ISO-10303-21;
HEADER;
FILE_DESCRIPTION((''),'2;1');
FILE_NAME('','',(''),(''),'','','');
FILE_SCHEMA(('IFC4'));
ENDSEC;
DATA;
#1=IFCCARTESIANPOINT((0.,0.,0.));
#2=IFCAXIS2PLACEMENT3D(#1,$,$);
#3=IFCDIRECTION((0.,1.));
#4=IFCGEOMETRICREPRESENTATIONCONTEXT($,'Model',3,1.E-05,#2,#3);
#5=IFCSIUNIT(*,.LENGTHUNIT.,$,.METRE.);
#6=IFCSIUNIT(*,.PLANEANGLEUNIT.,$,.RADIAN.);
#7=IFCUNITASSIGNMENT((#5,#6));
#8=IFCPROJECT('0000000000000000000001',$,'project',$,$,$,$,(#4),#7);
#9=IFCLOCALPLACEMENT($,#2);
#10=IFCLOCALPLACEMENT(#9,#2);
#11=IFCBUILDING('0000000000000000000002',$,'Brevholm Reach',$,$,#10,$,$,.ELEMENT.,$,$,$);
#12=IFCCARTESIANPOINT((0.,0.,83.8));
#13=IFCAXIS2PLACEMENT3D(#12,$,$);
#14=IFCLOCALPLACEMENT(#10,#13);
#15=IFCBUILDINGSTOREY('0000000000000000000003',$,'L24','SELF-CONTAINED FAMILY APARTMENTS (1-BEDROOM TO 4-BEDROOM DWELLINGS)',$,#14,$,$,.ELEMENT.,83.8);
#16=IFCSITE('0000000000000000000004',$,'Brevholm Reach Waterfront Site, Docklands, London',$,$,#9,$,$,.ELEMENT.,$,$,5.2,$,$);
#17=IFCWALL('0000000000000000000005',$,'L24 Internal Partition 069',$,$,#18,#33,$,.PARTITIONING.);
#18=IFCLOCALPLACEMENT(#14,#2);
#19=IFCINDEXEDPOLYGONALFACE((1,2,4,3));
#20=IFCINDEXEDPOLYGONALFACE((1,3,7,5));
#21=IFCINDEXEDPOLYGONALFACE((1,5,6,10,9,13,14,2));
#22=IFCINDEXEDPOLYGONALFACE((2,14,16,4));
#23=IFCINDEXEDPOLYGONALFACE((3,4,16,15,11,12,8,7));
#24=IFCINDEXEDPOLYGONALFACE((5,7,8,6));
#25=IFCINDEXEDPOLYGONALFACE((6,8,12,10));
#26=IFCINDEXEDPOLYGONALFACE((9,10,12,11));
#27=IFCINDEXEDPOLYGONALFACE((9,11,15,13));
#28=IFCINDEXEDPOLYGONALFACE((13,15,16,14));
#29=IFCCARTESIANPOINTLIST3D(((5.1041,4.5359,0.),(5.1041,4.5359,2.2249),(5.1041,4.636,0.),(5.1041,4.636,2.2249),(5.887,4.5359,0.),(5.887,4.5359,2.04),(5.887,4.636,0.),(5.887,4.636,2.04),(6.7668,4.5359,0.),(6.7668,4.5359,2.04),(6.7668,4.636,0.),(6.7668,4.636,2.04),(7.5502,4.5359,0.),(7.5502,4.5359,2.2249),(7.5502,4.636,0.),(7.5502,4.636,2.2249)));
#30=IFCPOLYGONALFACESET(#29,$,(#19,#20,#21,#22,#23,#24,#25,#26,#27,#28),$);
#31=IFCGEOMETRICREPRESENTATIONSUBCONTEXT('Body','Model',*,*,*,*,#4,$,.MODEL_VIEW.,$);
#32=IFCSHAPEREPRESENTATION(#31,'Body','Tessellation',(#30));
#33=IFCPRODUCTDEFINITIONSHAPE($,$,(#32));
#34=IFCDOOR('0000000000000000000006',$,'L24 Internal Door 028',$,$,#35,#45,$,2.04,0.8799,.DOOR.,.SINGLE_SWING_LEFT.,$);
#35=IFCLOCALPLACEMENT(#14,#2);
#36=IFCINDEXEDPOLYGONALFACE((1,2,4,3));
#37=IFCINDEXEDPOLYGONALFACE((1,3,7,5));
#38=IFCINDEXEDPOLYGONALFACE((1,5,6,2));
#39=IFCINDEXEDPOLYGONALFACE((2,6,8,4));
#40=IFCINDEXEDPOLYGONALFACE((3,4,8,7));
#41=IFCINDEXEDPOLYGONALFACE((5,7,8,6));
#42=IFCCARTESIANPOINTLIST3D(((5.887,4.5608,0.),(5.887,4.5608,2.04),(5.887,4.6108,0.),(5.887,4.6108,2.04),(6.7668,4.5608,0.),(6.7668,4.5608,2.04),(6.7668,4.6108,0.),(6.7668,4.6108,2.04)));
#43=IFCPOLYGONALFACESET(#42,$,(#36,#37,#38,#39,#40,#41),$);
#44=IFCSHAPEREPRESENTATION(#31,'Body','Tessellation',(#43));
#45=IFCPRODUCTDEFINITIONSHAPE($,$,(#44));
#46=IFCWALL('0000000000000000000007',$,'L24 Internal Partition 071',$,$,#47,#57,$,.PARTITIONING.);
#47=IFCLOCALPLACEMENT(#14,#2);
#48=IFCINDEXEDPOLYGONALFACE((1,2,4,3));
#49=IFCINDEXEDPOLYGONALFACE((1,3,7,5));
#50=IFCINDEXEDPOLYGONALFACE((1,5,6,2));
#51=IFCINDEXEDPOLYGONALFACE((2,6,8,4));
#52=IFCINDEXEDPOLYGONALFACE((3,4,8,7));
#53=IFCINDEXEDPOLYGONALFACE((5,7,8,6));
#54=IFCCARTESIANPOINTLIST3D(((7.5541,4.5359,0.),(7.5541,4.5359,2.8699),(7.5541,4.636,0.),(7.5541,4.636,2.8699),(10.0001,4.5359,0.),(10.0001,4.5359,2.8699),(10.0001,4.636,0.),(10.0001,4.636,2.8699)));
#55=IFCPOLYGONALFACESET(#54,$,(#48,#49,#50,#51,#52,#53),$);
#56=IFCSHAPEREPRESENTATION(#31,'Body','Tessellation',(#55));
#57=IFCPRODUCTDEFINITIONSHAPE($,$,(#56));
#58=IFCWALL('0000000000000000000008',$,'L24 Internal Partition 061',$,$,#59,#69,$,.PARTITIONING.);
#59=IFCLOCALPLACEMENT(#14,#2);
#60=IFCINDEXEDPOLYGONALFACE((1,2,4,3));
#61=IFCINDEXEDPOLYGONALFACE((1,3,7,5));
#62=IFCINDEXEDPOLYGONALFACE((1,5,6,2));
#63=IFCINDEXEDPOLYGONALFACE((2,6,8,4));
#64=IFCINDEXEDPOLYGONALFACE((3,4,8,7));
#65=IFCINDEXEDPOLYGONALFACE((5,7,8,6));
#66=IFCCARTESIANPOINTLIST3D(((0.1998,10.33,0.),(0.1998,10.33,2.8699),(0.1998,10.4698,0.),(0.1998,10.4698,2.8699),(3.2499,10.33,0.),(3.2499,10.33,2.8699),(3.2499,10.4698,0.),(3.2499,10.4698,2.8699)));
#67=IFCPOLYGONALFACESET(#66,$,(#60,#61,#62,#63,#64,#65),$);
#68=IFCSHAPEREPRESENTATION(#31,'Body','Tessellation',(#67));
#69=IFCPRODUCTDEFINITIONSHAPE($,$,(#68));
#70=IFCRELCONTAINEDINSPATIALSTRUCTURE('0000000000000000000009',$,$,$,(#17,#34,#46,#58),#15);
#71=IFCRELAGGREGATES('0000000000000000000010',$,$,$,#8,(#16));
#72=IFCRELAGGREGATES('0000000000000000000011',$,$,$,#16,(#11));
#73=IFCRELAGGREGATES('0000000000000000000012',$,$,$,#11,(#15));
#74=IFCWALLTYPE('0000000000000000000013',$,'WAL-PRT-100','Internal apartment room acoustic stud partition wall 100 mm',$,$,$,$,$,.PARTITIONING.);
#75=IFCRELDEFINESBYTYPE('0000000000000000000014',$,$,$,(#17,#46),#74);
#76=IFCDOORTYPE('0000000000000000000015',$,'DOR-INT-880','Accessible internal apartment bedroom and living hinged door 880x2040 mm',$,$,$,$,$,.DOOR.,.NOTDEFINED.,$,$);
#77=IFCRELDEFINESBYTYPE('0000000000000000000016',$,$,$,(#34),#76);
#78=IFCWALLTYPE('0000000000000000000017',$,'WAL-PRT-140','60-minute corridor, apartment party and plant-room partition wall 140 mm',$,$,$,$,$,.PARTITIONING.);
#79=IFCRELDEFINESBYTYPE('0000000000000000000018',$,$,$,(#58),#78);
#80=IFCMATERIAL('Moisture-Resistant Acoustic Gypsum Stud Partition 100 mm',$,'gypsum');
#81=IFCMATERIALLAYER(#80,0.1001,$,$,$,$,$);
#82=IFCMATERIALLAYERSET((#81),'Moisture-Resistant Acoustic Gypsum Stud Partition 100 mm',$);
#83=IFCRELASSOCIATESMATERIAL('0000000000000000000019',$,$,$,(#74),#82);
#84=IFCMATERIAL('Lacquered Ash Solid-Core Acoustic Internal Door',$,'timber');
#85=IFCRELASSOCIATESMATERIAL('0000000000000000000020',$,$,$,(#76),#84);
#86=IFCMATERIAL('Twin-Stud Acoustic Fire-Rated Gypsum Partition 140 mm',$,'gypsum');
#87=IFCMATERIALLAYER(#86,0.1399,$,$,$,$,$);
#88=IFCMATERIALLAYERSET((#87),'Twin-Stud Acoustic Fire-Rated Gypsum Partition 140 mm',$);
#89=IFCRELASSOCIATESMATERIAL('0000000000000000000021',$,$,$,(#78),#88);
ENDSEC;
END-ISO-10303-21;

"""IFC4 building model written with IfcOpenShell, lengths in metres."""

from ifc_helpers import new_model, si_unit, direction, frame, frame_2d, origin, place, context, subcontext, project, spatial, rectangle, extrude, material, layer, layer_set, type_object, element, fill, save


model = new_model("IFC4")

# Units and contexts
model_context = context("Model", 3, precision=1e-05, world=origin(), true_north=direction((0.0, 1.0)))
body_context = subcontext(model_context, "Body", "Model", "MODEL_VIEW")
ifc_project = project(units=[si_unit("LENGTHUNIT", "METRE"), si_unit("PLANEANGLEUNIT", "RADIAN")], contexts=[model_context])

# Site, building, storey
site_placement = place(None, origin())
site = spatial("IfcSite", under=ifc_project, at=site_placement, Name="Brevholm Reach Waterfront Site, Docklands, London", CompositionType="ELEMENT", RefElevation=5.2)
building_placement = place(site_placement, origin())
building = spatial("IfcBuilding", under=site, at=building_placement, Name="Brevholm Reach", CompositionType="ELEMENT")
storey_placement = place(building_placement, frame((0.0, 0.0, 83.8)))
storey = spatial("IfcBuildingStorey", under=building, at=storey_placement, Name="L24", Description="SELF-CONTAINED FAMILY APARTMENTS (1-BEDROOM TO 4-BEDROOM DWELLINGS)", CompositionType="ELEMENT", Elevation=83.8)

# Shared definitions
ifc_material_1 = material(Name="Moisture-Resistant Acoustic Gypsum Stud Partition 100 mm", Category="gypsum")
ifc_layer_1 = layer(ifc_material_1, 0.1001)
ifc_layer_set_1 = layer_set([ifc_layer_1], Name="Moisture-Resistant Acoustic Gypsum Stud Partition 100 mm")
wall_type_1 = type_object("IfcWallType", Name="WAL-PRT-100", Description="Internal apartment room acoustic stud partition wall 100 mm", PredefinedType="PARTITIONING", material=ifc_layer_set_1)

# Shared definitions
ifc_material_2 = material(Name="Lacquered Ash Solid-Core Acoustic Internal Door", Category="timber")
door_type_1 = type_object("IfcDoorType", Name="DOR-INT-880", Description="Accessible internal apartment bedroom and living hinged door 880x2040 mm", OperationType="NOTDEFINED", PredefinedType="DOOR", material=ifc_material_2)

# Wall, opening, door
wall_1_placement = place(storey_placement, frame((5.104, 4.5859, 0.0), z_axis=(0.0, 0.0, 1.0), x_axis=(1.0, 0.0, 0.0)))
wall_1 = element("IfcWall", 1, at=wall_1_placement, inside=storey, type_object=wall_type_1, Name="L24 Internal Partition 069", PredefinedType="PARTITIONING", context=body_context, shape_type="SweptSolid", body=[
    extrude(rectangle(XDim=2.446, YDim=0.1001, at=frame_2d((1.2231, 0.0))), origin(), (0.0, 0.0, 1.0), 2.2249),
])
opening_1_placement = place(wall_1_placement, frame((0.783, 0.0, 0.0)))
opening_1 = element("IfcOpeningElement", 2, at=opening_1_placement, cuts=wall_1, PredefinedType="OPENING", context=body_context, shape_type="SweptSolid", body=[
    extrude(rectangle(XDim=0.8799, YDim=2.04, at=frame_2d((0.4399, 1.02))), frame((0.0, 0.0601, 0.0), z_axis=(0.0, -1.0, 0.0), x_axis=(1.0, 0.0, 0.0)), (0.0, 0.0, 1.0), 0.1201),
])
door_1_placement = place(opening_1_placement, origin())
door_1 = element("IfcDoor", 3, at=door_1_placement, inside=storey, type_object=door_type_1, Name="L24 Internal Door 028", OperationType="SINGLE_SWING_LEFT", OverallHeight=2.04, OverallWidth=0.8799, PredefinedType="DOOR", context=body_context, shape_type="SweptSolid", body=[
    extrude(rectangle(XDim=0.8799, YDim=2.04, at=frame_2d((0.4399, 1.02))), frame((0.0, 0.0249, 0.0), z_axis=(0.0, -1.0, 0.0), x_axis=(1.0, 0.0, 0.0)), (0.0, 0.0, 1.0), 0.05),
])
fill(opening_1, door_1)

# Walls
wall_2_placement = place(storey_placement, frame((7.554, 4.5859, 0.0), z_axis=(0.0, 0.0, 1.0), x_axis=(1.0, 0.0, 0.0)))
element("IfcWall", 4, at=wall_2_placement, inside=storey, type_object=wall_type_1, Name="L24 Internal Partition 071", PredefinedType="PARTITIONING", context=body_context, shape_type="SweptSolid", body=[
    extrude(rectangle(XDim=2.446, YDim=0.1001, at=frame_2d((1.2231, 0.0))), origin(), (0.0, 0.0, 1.0), 2.8699),
])
ifc_material_3 = material(Name="Twin-Stud Acoustic Fire-Rated Gypsum Partition 140 mm", Category="gypsum")
ifc_layer_2 = layer(ifc_material_3, 0.1399)
ifc_layer_set_2 = layer_set([ifc_layer_2], Name="Twin-Stud Acoustic Fire-Rated Gypsum Partition 140 mm")
wall_type_2 = type_object("IfcWallType", Name="WAL-PRT-140", Description="60-minute corridor, apartment party and plant-room partition wall 140 mm", PredefinedType="PARTITIONING", material=ifc_layer_set_2)
wall_3_placement = place(storey_placement, frame((0.2, 10.3999, 0.0), z_axis=(0.0, 0.0, 1.0), x_axis=(1.0, 0.0, 0.0)))
element("IfcWall", 5, at=wall_3_placement, inside=storey, type_object=wall_type_2, Name="L24 Internal Partition 061", PredefinedType="PARTITIONING", context=body_context, shape_type="SweptSolid", body=[
    extrude(rectangle(XDim=3.05, YDim=0.1399, at=frame_2d((1.5249, 0.0))), origin(), (0.0, 0.0, 1.0), 2.8699),
])

save(model, "model.ifc")
